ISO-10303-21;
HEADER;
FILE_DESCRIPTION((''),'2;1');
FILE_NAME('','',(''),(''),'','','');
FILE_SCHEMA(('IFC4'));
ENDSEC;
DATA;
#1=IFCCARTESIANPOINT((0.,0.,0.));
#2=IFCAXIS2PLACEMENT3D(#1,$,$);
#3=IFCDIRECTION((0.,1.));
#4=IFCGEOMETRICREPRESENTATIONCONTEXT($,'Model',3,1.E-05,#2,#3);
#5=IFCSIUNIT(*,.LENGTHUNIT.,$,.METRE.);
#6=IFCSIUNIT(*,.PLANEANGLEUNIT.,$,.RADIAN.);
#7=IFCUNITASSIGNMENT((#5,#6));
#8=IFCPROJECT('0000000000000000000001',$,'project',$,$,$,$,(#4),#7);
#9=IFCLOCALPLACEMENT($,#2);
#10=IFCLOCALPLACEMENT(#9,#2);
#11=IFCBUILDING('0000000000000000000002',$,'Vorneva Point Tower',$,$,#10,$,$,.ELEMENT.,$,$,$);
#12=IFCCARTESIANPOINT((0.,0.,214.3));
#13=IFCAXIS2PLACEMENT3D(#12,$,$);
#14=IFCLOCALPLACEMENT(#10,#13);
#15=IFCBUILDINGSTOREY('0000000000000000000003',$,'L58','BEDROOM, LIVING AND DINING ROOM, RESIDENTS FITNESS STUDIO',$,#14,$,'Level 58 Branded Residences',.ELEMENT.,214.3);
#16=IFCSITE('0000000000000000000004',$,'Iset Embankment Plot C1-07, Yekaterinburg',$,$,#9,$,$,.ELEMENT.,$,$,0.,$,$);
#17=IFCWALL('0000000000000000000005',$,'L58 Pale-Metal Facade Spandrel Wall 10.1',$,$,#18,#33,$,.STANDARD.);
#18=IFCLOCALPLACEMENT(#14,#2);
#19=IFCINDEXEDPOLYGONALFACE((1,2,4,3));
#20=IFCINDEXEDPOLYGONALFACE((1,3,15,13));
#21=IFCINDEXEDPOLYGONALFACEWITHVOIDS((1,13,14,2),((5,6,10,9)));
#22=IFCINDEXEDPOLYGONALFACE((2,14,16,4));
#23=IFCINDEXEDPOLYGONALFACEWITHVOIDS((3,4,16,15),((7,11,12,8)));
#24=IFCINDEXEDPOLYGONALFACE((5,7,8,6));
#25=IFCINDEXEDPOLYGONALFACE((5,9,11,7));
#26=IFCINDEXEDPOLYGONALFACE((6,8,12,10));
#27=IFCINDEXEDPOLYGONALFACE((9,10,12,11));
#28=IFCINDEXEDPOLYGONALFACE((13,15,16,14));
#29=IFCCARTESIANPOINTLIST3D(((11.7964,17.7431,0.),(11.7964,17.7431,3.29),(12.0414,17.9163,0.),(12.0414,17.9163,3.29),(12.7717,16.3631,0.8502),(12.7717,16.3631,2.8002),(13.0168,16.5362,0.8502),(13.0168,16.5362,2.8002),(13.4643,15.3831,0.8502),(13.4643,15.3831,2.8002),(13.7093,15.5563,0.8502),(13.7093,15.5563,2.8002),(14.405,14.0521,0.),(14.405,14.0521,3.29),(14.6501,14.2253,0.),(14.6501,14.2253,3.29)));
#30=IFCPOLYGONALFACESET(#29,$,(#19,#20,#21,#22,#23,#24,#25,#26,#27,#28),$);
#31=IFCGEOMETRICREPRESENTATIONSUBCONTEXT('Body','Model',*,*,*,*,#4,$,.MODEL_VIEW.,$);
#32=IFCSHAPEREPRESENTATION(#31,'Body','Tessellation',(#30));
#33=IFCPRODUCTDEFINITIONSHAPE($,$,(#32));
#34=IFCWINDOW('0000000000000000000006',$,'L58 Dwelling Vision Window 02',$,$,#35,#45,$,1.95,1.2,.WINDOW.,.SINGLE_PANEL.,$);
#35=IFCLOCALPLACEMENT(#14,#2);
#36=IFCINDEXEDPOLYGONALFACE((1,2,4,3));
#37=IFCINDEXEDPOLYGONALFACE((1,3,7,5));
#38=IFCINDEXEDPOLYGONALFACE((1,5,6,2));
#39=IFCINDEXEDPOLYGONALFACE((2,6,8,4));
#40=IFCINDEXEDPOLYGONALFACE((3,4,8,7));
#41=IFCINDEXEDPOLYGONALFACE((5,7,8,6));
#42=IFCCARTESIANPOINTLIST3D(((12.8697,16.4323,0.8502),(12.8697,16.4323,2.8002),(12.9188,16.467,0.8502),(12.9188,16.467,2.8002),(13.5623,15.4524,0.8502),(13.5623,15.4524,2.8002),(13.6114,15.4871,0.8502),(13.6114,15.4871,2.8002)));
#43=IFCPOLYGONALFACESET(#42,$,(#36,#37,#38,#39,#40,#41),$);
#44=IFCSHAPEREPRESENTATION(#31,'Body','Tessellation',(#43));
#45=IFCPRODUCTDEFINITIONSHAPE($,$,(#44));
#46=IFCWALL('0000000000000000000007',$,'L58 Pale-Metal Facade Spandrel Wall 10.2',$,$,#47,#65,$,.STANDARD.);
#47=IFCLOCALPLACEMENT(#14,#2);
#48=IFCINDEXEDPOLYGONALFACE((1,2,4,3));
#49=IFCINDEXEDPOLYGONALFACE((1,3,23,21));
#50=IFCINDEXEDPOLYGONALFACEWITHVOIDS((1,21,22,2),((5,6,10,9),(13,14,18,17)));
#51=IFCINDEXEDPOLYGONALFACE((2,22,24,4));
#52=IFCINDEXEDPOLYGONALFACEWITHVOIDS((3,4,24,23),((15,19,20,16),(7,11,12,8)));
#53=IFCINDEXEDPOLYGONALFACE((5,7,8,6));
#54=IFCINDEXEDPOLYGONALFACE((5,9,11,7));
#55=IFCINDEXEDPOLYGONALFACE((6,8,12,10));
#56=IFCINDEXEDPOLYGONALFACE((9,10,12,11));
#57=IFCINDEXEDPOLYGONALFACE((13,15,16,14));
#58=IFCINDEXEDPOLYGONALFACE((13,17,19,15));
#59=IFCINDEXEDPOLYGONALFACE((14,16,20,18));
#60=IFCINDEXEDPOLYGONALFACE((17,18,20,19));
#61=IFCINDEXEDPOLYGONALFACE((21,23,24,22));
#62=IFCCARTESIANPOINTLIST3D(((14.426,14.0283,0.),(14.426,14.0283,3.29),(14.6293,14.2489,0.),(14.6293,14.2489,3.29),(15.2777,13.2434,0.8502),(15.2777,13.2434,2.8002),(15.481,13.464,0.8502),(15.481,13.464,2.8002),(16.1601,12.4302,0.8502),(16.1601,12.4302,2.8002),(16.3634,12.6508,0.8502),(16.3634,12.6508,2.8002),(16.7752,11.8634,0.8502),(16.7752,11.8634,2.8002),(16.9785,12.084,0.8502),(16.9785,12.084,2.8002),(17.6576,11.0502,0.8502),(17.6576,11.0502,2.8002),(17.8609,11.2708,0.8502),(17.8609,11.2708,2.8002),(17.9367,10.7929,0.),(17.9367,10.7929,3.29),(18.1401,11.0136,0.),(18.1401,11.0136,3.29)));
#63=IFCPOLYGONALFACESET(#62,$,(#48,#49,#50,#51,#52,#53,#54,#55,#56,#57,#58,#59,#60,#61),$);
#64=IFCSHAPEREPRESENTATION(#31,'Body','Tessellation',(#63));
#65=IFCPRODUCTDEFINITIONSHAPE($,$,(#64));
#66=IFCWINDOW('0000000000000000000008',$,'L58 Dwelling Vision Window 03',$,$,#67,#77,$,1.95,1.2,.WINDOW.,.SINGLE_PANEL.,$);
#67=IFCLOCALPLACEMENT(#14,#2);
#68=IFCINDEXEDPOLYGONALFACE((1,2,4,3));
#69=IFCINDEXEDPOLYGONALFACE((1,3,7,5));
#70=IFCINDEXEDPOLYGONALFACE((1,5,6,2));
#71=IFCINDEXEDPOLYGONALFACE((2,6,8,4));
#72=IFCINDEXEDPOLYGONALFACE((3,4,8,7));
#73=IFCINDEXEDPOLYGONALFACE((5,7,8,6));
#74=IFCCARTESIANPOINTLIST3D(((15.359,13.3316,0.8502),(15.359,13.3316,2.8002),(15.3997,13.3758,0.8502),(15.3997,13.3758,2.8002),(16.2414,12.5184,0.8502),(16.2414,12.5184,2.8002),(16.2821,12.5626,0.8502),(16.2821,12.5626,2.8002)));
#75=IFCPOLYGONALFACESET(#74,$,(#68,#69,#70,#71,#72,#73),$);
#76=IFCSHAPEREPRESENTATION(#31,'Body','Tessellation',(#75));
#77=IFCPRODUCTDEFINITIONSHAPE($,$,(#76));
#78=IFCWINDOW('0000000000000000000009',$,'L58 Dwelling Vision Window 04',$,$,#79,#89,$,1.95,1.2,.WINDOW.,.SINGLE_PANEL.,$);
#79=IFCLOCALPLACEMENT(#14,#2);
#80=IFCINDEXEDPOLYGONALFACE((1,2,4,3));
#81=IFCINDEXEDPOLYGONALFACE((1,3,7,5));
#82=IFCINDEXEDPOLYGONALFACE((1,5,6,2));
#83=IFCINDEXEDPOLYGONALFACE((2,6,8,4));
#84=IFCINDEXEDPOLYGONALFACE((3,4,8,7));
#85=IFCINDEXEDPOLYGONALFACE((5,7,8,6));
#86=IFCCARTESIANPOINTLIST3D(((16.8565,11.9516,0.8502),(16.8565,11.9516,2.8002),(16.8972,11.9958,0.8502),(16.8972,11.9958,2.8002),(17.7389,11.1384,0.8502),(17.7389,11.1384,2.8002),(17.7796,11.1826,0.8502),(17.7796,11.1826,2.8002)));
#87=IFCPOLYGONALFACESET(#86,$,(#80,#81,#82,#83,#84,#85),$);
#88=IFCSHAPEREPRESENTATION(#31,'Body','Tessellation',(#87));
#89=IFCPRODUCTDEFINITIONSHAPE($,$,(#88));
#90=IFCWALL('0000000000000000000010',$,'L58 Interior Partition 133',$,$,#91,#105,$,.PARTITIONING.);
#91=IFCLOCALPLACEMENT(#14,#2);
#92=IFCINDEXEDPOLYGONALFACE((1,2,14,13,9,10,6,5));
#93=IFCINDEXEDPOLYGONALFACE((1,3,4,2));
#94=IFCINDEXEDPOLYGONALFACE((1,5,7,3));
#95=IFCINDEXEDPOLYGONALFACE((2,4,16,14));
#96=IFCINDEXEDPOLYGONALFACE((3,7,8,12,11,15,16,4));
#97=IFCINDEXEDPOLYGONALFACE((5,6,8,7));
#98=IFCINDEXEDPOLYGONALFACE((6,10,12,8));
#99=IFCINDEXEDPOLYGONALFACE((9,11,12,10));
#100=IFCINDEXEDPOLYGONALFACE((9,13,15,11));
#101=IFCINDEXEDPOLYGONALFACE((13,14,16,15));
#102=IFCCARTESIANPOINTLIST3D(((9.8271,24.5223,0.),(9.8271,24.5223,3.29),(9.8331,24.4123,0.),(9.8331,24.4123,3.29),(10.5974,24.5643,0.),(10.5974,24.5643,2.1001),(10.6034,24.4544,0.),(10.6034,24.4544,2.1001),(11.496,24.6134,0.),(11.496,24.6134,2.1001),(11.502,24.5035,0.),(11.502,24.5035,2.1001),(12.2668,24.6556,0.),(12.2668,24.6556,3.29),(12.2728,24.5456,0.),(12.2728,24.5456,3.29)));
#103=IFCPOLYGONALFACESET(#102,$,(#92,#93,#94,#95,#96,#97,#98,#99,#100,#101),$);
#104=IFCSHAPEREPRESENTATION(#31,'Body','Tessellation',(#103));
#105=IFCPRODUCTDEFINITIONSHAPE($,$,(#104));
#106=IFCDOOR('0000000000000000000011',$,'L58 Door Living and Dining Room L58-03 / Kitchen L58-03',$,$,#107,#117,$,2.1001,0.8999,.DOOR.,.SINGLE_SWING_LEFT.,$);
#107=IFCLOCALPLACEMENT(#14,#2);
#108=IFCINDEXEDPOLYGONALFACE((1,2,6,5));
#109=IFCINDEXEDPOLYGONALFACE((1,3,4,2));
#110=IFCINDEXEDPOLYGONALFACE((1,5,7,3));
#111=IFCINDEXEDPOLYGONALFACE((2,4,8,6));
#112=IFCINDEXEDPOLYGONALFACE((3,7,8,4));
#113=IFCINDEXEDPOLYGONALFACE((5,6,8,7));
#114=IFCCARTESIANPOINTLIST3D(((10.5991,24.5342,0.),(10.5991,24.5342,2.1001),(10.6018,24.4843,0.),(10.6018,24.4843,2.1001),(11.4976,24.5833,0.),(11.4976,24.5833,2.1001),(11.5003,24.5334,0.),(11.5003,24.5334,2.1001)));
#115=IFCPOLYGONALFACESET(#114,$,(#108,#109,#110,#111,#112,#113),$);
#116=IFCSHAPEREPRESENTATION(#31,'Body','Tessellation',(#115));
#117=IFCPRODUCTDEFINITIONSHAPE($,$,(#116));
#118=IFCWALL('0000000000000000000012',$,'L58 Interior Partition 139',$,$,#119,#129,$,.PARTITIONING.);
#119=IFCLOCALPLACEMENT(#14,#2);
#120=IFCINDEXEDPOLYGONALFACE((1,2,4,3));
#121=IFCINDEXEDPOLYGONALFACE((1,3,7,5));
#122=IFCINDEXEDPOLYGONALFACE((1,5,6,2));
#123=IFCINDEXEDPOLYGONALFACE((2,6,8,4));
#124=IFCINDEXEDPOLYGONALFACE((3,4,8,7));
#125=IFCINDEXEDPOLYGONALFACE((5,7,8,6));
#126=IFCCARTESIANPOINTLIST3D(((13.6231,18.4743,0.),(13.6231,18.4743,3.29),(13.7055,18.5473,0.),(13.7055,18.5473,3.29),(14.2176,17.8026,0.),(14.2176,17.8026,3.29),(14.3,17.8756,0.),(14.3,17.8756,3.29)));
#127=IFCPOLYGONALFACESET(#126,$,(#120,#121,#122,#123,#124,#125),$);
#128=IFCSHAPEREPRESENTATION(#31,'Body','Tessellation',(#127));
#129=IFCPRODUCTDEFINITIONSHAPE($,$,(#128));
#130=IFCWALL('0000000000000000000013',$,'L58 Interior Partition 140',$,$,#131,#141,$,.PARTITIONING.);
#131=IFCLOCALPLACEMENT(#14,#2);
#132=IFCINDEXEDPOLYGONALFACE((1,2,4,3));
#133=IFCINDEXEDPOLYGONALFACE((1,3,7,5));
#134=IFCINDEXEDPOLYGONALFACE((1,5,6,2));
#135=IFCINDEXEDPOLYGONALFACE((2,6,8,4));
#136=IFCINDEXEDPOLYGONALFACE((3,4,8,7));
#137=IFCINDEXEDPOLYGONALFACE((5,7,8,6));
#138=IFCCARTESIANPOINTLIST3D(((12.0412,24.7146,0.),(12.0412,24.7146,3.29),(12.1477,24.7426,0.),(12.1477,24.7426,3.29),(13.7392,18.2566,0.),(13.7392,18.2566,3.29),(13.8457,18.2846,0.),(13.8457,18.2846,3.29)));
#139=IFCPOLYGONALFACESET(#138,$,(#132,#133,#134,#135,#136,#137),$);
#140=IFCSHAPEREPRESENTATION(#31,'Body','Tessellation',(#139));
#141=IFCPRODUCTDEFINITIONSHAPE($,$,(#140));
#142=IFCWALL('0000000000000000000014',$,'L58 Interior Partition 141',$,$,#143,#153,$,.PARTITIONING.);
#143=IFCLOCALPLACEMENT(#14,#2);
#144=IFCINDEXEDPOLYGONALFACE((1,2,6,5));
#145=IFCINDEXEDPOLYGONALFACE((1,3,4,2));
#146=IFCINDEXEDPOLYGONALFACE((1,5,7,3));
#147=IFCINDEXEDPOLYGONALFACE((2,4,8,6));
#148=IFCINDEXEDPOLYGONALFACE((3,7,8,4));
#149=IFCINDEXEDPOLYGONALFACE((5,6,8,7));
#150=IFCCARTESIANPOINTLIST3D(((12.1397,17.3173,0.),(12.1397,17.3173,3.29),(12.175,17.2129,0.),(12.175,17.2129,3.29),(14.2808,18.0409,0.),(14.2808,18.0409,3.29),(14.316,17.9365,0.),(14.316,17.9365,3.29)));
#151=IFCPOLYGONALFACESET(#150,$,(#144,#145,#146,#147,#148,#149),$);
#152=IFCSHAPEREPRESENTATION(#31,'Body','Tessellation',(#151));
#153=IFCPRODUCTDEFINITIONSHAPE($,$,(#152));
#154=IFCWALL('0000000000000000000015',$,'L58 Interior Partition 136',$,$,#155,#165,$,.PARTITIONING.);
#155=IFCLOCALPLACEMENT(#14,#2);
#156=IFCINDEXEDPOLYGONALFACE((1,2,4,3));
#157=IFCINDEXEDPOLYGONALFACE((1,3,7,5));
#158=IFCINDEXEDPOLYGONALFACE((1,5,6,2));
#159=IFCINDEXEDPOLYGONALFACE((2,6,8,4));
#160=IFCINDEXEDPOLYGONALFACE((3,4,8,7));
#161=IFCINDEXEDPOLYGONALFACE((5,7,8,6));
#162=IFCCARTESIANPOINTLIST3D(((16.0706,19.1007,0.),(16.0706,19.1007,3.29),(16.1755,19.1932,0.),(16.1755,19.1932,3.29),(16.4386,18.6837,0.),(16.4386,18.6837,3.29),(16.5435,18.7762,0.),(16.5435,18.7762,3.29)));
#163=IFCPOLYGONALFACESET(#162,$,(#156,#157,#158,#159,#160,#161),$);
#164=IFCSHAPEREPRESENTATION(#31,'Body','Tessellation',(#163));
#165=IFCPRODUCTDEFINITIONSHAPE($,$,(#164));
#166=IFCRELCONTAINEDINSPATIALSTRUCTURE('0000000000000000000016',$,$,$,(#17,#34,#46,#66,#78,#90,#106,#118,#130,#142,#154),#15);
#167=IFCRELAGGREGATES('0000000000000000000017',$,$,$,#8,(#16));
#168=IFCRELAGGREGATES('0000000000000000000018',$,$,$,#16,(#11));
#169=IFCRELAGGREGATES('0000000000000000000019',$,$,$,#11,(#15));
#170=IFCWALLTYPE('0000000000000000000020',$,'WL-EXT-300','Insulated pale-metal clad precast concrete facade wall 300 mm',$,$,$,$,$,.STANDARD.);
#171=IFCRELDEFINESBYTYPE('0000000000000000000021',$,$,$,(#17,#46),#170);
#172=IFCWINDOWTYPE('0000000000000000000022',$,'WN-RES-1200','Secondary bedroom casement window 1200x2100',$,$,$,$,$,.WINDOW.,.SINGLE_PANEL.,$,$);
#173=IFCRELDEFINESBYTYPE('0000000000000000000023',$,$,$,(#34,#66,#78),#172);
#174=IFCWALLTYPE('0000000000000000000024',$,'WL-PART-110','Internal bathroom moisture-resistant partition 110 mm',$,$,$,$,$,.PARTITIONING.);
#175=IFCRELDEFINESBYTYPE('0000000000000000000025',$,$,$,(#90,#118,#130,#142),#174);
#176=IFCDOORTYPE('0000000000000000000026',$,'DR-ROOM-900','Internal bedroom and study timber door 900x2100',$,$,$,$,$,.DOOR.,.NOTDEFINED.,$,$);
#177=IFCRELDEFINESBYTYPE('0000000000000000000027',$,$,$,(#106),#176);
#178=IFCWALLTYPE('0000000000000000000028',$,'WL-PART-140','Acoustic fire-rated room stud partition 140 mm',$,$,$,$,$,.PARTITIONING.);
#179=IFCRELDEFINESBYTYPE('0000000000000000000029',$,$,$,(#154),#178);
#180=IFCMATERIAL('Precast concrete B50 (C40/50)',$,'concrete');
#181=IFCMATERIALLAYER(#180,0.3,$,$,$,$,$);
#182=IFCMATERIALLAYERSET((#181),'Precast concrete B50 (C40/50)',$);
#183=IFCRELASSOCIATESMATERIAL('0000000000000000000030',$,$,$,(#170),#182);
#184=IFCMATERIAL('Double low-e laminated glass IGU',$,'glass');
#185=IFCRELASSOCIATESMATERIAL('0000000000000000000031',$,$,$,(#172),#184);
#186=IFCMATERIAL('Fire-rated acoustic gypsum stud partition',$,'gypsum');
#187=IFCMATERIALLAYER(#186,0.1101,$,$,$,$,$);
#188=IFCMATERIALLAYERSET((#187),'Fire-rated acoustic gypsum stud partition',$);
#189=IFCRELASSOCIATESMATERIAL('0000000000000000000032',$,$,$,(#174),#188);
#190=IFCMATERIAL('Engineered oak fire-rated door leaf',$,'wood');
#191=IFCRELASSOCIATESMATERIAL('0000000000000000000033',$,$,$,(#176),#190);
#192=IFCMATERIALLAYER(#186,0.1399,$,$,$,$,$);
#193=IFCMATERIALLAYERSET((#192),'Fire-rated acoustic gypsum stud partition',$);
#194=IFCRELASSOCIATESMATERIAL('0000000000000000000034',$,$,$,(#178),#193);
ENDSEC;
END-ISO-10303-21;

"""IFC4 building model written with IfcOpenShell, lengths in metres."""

from ifc_helpers import new_model, si_unit, direction, frame, frame_2d, origin, place, context, subcontext, project, spatial, rectangle, extrude, material, layer, layer_set, type_object, element, fill, save


model = new_model("IFC4")

# Units and contexts
model_context = context("Model", 3, precision=1e-05, world=origin(), true_north=direction((0.0, 1.0)))
body_context = subcontext(model_context, "Body", "Model", "MODEL_VIEW")
ifc_project = project(units=[si_unit("LENGTHUNIT", "METRE"), si_unit("PLANEANGLEUNIT", "RADIAN")], contexts=[model_context])

# Site, building, storey
site_placement = place(None, origin())
site = spatial("IfcSite", under=ifc_project, at=site_placement, Name="Iset Embankment Plot C1-07, Yekaterinburg", CompositionType="ELEMENT", RefElevation=0.0)
building_placement = place(site_placement, origin())
building = spatial("IfcBuilding", under=site, at=building_placement, Name="Vorneva Point Tower", CompositionType="ELEMENT")
storey_placement = place(building_placement, frame((0.0, 0.0, 214.3)))
storey = spatial("IfcBuildingStorey", under=building, at=storey_placement, Name="L58", Description="BEDROOM, LIVING AND DINING ROOM, RESIDENTS FITNESS STUDIO", LongName="Level 58 Branded Residences", CompositionType="ELEMENT", Elevation=214.3)

# Shared definitions
ifc_material_1 = material(Name="Double low-e laminated glass IGU", Category="glass")

# Wall, opening, window
ifc_material_2 = material(Name="Precast concrete B50 (C40/50)", Category="concrete")
ifc_layer_1 = layer(ifc_material_2, 0.3)
ifc_layer_set_1 = layer_set([ifc_layer_1], Name="Precast concrete B50 (C40/50)")
wall_type_1 = type_object("IfcWallType", Name="WL-EXT-300", Description="Insulated pale-metal clad precast concrete facade wall 300 mm", PredefinedType="STANDARD", material=ifc_layer_set_1)
wall_1_placement = place(storey_placement, frame((11.9189, 17.8296, 0.0), z_axis=(0.0, 0.0, 1.0), x_axis=(0.577169, -0.816625, 0.0)))
wall_1 = element("IfcWall", 1, at=wall_1_placement, inside=storey, type_object=wall_type_1, Name="L58 Pale-Metal Facade Spandrel Wall 10.1", PredefinedType="STANDARD", context=body_context, shape_type="SweptSolid", body=[
    extrude(rectangle(XDim=4.5198, YDim=0.3, at=frame_2d((2.2598, 0.0))), origin(), (0.0, 0.0, 1.0), 3.29),
])
opening_1_placement = place(wall_1_placement, frame((1.6897, 0.0, 0.8501)))
opening_1 = element("IfcOpeningElement", 2, at=opening_1_placement, cuts=wall_1, PredefinedType="OPENING", context=body_context, shape_type="SweptSolid", body=[
    extrude(rectangle(XDim=1.2, YDim=1.95, at=frame_2d((0.6001, 0.9751))), frame((0.0, 0.165, 0.0), z_axis=(0.0, -1.0, 0.0), x_axis=(1.0, 0.0, 0.0)), (0.0, 0.0, 1.0), 0.3298),
])
window_type = type_object("IfcWindowType", Name="WN-RES-1200", Description="Secondary bedroom casement window 1200x2100", PartitioningType="SINGLE_PANEL", PredefinedType="WINDOW", material=ifc_material_1)
window_1_placement = place(opening_1_placement, origin())
window_1 = element("IfcWindow", 3, at=window_1_placement, inside=storey, type_object=window_type, Name="L58 Dwelling Vision Window 02", OverallHeight=1.95, OverallWidth=1.2, PartitioningType="SINGLE_PANEL", PredefinedType="WINDOW", context=body_context, shape_type="SweptSolid", body=[
    extrude(rectangle(XDim=1.2, YDim=1.95, at=frame_2d((0.6001, 0.9751))), frame((0.0, 0.03, 0.0), z_axis=(0.0, -1.0, 0.0), x_axis=(1.0, 0.0, 0.0)), (0.0, 0.0, 1.0), 0.0601),
])
fill(opening_1, window_1)

# Wall, openings, windows
wall_2_placement = place(storey_placement, frame((14.5276, 14.1387, 0.0), z_axis=(0.0, 0.0, 1.0), x_axis=(0.73536, -0.677677, 0.0)))
wall_2 = element("IfcWall", 4, at=wall_2_placement, inside=storey, type_object=wall_type_1, Name="L58 Pale-Metal Facade Spandrel Wall 10.2", PredefinedType="STANDARD", context=body_context, shape_type="SweptSolid", body=[
    extrude(rectangle(XDim=4.7742, YDim=0.3, at=frame_2d((2.3872, 0.0))), origin(), (0.0, 0.0, 1.0), 3.29),
])
opening_2_placement = place(wall_2_placement, frame((1.1582, 0.0, 0.8501)))
opening_2 = element("IfcOpeningElement", 5, at=opening_2_placement, cuts=wall_2, PredefinedType="OPENING", context=body_context, shape_type="SweptSolid", body=[
    extrude(rectangle(XDim=1.2, YDim=1.95, at=frame_2d((0.6001, 0.9751))), frame((0.0, 0.165, 0.0), z_axis=(0.0, -1.0, 0.0), x_axis=(1.0, 0.0, 0.0)), (0.0, 0.0, 1.0), 0.3298),
])
opening_3_placement = place(wall_2_placement, frame((3.1946, 0.0, 0.8501)))
opening_3 = element("IfcOpeningElement", 6, at=opening_3_placement, cuts=wall_2, PredefinedType="OPENING", context=body_context, shape_type="SweptSolid", body=[
    extrude(rectangle(XDim=1.2, YDim=1.95, at=frame_2d((0.6001, 0.9751))), frame((0.0, 0.165, 0.0), z_axis=(0.0, -1.0, 0.0), x_axis=(1.0, 0.0, 0.0)), (0.0, 0.0, 1.0), 0.3298),
])
window_2_placement = place(opening_2_placement, origin())
window_2 = element("IfcWindow", 7, at=window_2_placement, inside=storey, type_object=window_type, Name="L58 Dwelling Vision Window 03", OverallHeight=1.95, OverallWidth=1.2, PartitioningType="SINGLE_PANEL", PredefinedType="WINDOW", context=body_context, shape_type="SweptSolid", body=[
    extrude(rectangle(XDim=1.2, YDim=1.95, at=frame_2d((0.6001, 0.9751))), frame((0.0, 0.03, 0.0), z_axis=(0.0, -1.0, 0.0), x_axis=(1.0, 0.0, 0.0)), (0.0, 0.0, 1.0), 0.0601),
])
fill(opening_2, window_2)
window_3_placement = place(opening_3_placement, origin())
window_3 = element("IfcWindow", 8, at=window_3_placement, inside=storey, type_object=window_type, Name="L58 Dwelling Vision Window 04", OverallHeight=1.95, OverallWidth=1.2, PartitioningType="SINGLE_PANEL", PredefinedType="WINDOW", context=body_context, shape_type="SweptSolid", body=[
    extrude(rectangle(XDim=1.2, YDim=1.95, at=frame_2d((0.6001, 0.9751))), frame((0.0, 0.03, 0.0), z_axis=(0.0, -1.0, 0.0), x_axis=(1.0, 0.0, 0.0)), (0.0, 0.0, 1.0), 0.0601),
])
fill(opening_3, window_3)

# Wall, opening, door
ifc_material_3 = material(Name="Fire-rated acoustic gypsum stud partition", Category="gypsum")
ifc_layer_2 = layer(ifc_material_3, 0.1101)
ifc_layer_set_2 = layer_set([ifc_layer_2], Name="Fire-rated acoustic gypsum stud partition")
wall_type_2 = type_object("IfcWallType", Name="WL-PART-110", Description="Internal bathroom moisture-resistant partition 110 mm", PredefinedType="PARTITIONING", material=ifc_layer_set_2)
wall_3_placement = place(storey_placement, frame((9.8301, 24.4673, 0.0), z_axis=(0.0, 0.0, 1.0), x_axis=(0.998511, 0.054557, 0.0)))
wall_3 = element("IfcWall", 9, at=wall_3_placement, inside=storey, type_object=wall_type_2, Name="L58 Interior Partition 133", PredefinedType="PARTITIONING", context=body_context, shape_type="SweptSolid", body=[
    extrude(rectangle(XDim=2.4434, YDim=0.1101, at=frame_2d((1.2217, 0.0))), origin(), (0.0, 0.0, 1.0), 3.29),
])
opening_4_placement = place(wall_3_placement, frame((0.7715, 0.0, 0.0)))
opening_4 = element("IfcOpeningElement", 10, at=opening_4_placement, cuts=wall_3, PredefinedType="OPENING", context=body_context, shape_type="SweptSolid", body=[
    extrude(rectangle(XDim=0.8999, YDim=2.1001, at=frame_2d((0.45, 1.05))), frame((0.0, 0.0698, 0.0), z_axis=(0.0, -1.0, 0.0), x_axis=(1.0, 0.0, 0.0)), (0.0, 0.0, 1.0), 0.1399),
])
ifc_material_4 = material(Name="Engineered oak fire-rated door leaf", Category="wood")
door_type_1 = type_object("IfcDoorType", Name="DR-ROOM-900", Description="Internal bedroom and study timber door 900x2100", OperationType="NOTDEFINED", PredefinedType="DOOR", material=ifc_material_4)
door_1_placement = place(opening_4_placement, origin())
door_1 = element("IfcDoor", 11, at=door_1_placement, inside=storey, type_object=door_type_1, Name="L58 Door Living and Dining Room L58-03 / Kitchen L58-03", OperationType="SINGLE_SWING_LEFT", OverallHeight=2.1001, OverallWidth=0.8999, PredefinedType="DOOR", context=body_context, shape_type="SweptSolid", body=[
    extrude(rectangle(XDim=0.8999, YDim=2.1001, at=frame_2d((0.45, 1.05))), frame((0.0, 0.0249, 0.0), z_axis=(0.0, -1.0, 0.0), x_axis=(1.0, 0.0, 0.0)), (0.0, 0.0, 1.0), 0.05),
])
fill(opening_4, door_1)

# Walls
wall_4_placement = place(storey_placement, frame((14.2588, 17.8391, 0.0), z_axis=(0.0, 0.0, 1.0), x_axis=(-0.662791, 0.748804, 0.0)))
element("IfcWall", 12, at=wall_4_placement, inside=storey, type_object=wall_type_2, Name="L58 Interior Partition 139", PredefinedType="PARTITIONING", context=body_context, shape_type="SweptSolid", body=[
    extrude(rectangle(XDim=0.897, YDim=0.1101, at=frame_2d((0.4485, 0.0))), origin(), (0.0, 0.0, 1.0), 3.29),
])
wall_5_placement = place(storey_placement, frame((13.7925, 18.2705, 0.0), z_axis=(0.0, 0.0, 1.0), x_axis=(-0.254286, 0.967129, 0.0)))
element("IfcWall", 13, at=wall_5_placement, inside=storey, type_object=wall_type_2, Name="L58 Interior Partition 140", PredefinedType="PARTITIONING", context=body_context, shape_type="SweptSolid", body=[
    extrude(rectangle(XDim=6.6775, YDim=0.1101, at=frame_2d((3.3389, 0.0))), origin(), (0.0, 0.0, 1.0), 3.29),
])
wall_6_placement = place(storey_placement, frame((12.1575, 17.2651, 0.0), z_axis=(0.0, 0.0, 1.0), x_axis=(0.947357, 0.320179, 0.0)))
element("IfcWall", 14, at=wall_6_placement, inside=storey, type_object=wall_type_2, Name="L58 Interior Partition 141", PredefinedType="PARTITIONING", context=body_context, shape_type="SweptSolid", body=[
    extrude(rectangle(XDim=2.26, YDim=0.1101, at=frame_2d((1.1299, 0.0))), origin(), (0.0, 0.0, 1.0), 3.29),
])
ifc_layer_3 = layer(ifc_material_3, 0.1399)
ifc_layer_set_3 = layer_set([ifc_layer_3], Name="Fire-rated acoustic gypsum stud partition")
wall_type_3 = type_object("IfcWallType", Name="WL-PART-140", Description="Acoustic fire-rated room stud partition 140 mm", PredefinedType="PARTITIONING", material=ifc_layer_set_3)
wall_7_placement = place(storey_placement, frame((16.123, 19.147, 0.0), z_axis=(0.0, 0.0, 1.0), x_axis=(0.661607, -0.749851, 0.0)))
element("IfcWall", 15, at=wall_7_placement, inside=storey, type_object=wall_type_3, Name="L58 Interior Partition 136", PredefinedType="PARTITIONING", context=body_context, shape_type="SweptSolid", body=[
    extrude(rectangle(XDim=0.5562, YDim=0.1399, at=frame_2d((0.2781, 0.0))), origin(), (0.0, 0.0, 1.0), 3.29),
])

save(model, "model.ifc")
